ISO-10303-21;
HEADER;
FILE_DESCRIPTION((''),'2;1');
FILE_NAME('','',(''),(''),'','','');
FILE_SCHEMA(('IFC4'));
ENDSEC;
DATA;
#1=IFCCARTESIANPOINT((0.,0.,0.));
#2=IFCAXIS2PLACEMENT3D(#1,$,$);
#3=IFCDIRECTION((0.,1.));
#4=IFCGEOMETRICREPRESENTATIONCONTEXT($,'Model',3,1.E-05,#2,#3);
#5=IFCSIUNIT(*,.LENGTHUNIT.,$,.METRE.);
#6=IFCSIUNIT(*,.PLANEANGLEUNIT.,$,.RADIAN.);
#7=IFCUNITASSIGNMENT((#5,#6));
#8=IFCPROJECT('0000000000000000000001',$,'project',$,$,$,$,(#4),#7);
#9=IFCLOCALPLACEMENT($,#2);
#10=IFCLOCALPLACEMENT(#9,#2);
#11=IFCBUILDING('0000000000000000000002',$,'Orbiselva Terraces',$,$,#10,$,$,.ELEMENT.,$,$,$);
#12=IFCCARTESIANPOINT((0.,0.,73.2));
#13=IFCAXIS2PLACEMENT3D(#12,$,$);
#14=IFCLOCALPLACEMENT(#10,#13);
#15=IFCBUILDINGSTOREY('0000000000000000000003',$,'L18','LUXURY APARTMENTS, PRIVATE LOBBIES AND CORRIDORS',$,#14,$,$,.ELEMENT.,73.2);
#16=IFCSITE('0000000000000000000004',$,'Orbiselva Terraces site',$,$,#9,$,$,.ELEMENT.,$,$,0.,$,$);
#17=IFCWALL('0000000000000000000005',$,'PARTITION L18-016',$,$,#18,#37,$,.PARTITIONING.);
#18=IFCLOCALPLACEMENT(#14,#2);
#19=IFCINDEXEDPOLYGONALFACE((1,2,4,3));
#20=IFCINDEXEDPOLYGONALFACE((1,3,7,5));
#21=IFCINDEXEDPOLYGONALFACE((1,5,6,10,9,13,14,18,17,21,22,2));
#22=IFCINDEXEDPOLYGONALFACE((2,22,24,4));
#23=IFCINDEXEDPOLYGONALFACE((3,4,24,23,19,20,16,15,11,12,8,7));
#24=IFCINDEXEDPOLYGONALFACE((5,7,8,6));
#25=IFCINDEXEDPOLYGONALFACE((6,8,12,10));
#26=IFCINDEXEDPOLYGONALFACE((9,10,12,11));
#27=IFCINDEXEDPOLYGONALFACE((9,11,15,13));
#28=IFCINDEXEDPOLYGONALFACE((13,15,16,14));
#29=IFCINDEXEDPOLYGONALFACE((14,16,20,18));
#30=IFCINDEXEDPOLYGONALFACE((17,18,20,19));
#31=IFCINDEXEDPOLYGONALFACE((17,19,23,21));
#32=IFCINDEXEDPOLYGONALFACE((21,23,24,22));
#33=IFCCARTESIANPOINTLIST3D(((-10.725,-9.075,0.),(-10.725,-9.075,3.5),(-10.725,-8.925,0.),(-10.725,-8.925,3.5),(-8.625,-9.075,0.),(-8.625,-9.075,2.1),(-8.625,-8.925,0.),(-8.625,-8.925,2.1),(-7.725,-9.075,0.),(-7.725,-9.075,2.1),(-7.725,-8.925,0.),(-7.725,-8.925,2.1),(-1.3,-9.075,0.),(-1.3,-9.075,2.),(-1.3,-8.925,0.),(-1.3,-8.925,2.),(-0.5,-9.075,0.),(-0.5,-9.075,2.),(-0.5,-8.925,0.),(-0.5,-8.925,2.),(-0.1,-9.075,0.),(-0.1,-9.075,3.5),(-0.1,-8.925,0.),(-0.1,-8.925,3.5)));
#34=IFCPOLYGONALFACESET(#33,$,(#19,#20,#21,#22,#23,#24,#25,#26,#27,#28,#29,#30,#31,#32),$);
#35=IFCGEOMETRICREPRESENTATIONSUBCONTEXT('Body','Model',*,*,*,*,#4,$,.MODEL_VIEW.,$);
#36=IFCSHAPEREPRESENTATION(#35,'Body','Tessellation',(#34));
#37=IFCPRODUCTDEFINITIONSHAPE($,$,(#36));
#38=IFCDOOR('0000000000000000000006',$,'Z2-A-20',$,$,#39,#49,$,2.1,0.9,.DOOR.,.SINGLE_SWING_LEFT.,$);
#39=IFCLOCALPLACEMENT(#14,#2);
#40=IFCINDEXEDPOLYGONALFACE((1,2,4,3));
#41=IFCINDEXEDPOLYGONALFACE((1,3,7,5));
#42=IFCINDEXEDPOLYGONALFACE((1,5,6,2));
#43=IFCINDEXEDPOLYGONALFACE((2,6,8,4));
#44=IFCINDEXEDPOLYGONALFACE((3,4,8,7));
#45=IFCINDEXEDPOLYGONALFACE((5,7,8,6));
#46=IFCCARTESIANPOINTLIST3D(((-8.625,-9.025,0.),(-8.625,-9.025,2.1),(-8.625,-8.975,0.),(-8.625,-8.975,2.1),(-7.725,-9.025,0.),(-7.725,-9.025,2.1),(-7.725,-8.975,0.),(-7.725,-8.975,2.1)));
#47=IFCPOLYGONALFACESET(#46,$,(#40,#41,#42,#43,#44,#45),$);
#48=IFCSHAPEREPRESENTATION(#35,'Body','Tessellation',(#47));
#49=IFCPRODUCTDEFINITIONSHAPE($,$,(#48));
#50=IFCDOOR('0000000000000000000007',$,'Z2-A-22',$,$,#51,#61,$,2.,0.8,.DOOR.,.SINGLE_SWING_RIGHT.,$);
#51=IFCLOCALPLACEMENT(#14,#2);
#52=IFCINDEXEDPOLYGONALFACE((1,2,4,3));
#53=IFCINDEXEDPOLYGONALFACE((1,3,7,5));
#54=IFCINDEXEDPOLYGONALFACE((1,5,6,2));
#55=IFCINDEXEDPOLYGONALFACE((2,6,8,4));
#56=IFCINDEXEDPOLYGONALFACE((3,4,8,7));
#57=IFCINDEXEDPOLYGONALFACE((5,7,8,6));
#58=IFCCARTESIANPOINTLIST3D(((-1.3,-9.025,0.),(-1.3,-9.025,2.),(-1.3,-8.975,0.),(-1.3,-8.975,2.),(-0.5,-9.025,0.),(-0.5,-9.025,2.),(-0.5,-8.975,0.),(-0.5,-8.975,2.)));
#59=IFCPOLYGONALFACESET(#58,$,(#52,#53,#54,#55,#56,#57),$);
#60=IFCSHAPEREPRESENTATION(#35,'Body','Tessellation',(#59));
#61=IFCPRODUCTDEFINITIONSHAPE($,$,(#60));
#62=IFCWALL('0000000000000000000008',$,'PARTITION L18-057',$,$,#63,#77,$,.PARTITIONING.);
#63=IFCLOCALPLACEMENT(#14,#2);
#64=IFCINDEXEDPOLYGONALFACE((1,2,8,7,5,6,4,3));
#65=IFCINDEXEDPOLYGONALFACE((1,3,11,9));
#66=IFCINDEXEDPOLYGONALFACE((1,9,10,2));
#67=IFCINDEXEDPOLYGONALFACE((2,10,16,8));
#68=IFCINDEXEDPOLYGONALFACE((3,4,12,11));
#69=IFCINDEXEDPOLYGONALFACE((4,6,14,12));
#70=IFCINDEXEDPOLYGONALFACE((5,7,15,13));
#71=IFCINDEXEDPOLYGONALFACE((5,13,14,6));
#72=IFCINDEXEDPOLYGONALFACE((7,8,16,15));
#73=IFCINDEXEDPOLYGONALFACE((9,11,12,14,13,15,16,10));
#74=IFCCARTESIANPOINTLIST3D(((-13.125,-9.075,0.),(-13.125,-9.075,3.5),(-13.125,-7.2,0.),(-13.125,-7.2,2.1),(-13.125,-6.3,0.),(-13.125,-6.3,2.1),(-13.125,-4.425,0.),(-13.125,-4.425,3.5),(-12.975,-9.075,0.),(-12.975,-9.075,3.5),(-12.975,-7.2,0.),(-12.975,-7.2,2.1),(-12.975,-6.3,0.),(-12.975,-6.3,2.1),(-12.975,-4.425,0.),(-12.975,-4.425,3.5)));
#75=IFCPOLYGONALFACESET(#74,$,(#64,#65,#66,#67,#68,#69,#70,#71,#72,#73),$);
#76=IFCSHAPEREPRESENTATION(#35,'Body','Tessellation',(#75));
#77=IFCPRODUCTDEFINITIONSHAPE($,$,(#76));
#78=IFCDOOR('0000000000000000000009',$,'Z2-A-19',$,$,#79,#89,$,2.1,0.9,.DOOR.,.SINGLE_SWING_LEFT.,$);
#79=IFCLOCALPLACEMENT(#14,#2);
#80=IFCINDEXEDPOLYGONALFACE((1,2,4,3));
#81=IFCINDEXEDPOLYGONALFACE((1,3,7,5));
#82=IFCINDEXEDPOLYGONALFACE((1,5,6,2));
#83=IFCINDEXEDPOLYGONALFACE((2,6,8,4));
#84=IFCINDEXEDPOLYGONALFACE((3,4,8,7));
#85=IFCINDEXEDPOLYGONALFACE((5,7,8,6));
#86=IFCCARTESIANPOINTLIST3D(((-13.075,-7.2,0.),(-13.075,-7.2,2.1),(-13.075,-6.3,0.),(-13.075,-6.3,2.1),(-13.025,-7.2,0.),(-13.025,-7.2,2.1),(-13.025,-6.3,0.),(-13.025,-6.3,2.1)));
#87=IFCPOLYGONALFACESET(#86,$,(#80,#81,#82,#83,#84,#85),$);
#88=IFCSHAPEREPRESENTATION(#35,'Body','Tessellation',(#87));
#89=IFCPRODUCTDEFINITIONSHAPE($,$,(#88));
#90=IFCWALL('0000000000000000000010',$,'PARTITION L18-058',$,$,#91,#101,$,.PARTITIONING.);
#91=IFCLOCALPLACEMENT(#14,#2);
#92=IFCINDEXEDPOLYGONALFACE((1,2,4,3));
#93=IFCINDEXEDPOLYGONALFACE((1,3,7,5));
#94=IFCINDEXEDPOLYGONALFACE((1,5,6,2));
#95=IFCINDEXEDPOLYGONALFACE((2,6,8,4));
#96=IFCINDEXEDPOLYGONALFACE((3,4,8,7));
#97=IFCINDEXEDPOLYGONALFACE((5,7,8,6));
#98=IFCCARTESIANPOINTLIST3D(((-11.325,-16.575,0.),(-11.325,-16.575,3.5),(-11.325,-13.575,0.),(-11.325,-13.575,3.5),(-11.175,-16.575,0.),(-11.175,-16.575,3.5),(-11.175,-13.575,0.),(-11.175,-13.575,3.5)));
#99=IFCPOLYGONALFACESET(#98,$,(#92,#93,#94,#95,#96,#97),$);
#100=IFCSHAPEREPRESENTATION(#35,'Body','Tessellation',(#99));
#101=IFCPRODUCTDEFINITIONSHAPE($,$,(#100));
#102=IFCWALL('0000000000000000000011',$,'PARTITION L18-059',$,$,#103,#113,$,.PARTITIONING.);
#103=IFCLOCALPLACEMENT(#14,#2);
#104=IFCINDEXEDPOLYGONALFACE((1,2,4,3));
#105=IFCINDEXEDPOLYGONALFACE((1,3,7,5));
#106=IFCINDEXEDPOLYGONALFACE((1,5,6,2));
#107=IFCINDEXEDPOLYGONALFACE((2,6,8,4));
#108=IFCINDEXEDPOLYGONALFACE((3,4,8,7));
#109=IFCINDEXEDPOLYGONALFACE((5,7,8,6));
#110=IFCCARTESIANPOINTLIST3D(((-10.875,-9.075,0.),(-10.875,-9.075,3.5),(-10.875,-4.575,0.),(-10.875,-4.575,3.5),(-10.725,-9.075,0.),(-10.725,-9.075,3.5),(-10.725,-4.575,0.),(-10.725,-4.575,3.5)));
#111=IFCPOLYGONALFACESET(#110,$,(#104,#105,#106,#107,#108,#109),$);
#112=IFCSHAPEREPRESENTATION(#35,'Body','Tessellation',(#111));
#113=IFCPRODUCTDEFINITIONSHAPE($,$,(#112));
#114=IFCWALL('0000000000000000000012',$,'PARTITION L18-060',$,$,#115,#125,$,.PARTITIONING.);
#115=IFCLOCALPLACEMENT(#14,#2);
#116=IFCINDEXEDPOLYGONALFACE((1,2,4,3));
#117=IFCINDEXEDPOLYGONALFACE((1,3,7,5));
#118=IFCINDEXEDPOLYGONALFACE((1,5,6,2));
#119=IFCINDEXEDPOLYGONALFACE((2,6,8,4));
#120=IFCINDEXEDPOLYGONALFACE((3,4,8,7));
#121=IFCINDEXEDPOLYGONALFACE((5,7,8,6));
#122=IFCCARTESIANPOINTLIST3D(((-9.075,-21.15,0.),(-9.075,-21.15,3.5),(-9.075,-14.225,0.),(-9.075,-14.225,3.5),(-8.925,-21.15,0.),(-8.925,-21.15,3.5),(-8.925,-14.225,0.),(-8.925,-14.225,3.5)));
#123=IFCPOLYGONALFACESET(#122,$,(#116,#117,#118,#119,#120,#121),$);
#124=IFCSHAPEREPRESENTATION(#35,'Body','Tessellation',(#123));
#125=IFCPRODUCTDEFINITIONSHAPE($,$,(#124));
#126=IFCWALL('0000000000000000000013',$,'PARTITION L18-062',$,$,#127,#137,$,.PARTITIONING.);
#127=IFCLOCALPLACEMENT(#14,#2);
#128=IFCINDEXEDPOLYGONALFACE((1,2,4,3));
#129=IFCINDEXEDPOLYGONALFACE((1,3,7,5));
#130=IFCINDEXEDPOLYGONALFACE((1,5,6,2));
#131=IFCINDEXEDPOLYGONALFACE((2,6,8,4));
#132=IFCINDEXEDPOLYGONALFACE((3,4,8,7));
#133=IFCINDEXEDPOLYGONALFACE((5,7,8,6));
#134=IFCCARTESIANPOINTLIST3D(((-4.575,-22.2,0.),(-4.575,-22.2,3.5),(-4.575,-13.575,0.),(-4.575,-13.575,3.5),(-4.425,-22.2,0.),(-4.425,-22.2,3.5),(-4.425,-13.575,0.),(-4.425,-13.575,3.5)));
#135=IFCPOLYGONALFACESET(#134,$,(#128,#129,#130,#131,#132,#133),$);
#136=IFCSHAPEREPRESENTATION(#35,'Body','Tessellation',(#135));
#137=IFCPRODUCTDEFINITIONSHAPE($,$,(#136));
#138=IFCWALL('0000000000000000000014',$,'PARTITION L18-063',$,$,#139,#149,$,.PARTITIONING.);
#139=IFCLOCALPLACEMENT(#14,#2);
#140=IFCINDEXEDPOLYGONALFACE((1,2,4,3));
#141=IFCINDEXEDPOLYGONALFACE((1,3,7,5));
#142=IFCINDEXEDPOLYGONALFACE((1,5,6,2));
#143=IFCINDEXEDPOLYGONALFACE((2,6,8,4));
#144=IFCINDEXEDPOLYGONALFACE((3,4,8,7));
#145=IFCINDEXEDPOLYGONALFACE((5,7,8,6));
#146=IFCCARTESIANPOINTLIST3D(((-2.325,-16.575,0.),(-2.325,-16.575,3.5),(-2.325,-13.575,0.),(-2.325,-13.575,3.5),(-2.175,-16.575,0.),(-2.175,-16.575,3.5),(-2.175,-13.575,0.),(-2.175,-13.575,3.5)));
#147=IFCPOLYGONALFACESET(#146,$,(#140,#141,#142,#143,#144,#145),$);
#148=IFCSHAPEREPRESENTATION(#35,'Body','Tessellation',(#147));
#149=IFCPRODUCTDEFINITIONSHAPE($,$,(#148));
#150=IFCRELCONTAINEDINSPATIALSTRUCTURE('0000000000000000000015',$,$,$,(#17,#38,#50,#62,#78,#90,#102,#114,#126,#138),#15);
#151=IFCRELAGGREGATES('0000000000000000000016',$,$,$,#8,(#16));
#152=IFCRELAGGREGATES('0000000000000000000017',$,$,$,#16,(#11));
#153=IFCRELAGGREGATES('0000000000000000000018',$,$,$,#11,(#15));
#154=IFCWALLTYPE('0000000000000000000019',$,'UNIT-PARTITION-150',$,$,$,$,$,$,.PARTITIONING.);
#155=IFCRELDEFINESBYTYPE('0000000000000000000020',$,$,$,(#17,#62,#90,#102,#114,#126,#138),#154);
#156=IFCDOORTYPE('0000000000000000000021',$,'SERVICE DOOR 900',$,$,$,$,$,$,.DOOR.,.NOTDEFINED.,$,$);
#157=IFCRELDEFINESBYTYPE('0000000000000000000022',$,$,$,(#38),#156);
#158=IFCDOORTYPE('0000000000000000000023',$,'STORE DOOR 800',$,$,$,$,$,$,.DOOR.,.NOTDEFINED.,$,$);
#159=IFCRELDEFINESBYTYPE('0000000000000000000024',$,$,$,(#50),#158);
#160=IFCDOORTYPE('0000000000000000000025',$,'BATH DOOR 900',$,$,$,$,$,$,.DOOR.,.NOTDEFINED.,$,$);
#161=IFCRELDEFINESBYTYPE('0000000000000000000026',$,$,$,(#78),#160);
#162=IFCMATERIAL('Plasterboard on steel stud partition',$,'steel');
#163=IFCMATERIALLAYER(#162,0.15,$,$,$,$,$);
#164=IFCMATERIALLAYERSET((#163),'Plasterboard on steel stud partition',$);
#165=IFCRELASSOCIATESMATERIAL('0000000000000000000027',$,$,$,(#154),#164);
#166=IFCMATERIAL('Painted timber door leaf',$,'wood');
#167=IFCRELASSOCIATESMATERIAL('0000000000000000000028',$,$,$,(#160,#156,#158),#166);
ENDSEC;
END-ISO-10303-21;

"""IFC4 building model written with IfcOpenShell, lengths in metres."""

from ifc_helpers import new_model, si_unit, direction, frame, frame_2d, origin, place, context, subcontext, project, spatial, rectangle, extrude, material, layer, layer_set, type_object, element, fill, save


model = new_model("IFC4")

# Units and contexts
model_context = context("Model", 3, precision=1e-05, world=origin(), true_north=direction((0.0, 1.0)))
body_context = subcontext(model_context, "Body", "Model", "MODEL_VIEW")
ifc_project = project(units=[si_unit("LENGTHUNIT", "METRE"), si_unit("PLANEANGLEUNIT", "RADIAN")], contexts=[model_context])

# Site, building, storey
site_placement = place(None, origin())
site = spatial("IfcSite", under=ifc_project, at=site_placement, Name="Orbiselva Terraces site", CompositionType="ELEMENT", RefElevation=0.0)
building_placement = place(site_placement, origin())
building = spatial("IfcBuilding", under=site, at=building_placement, Name="Orbiselva Terraces", CompositionType="ELEMENT")
storey_placement = place(building_placement, frame((0.0, 0.0, 73.2)))
storey = spatial("IfcBuildingStorey", under=building, at=storey_placement, Name="L18", Description="LUXURY APARTMENTS, PRIVATE LOBBIES AND CORRIDORS", CompositionType="ELEMENT", Elevation=73.2)

# Shared definitions
ifc_material_1 = material(Name="Plasterboard on steel stud partition", Category="steel")
ifc_layer_1 = layer(ifc_material_1, 0.15)
ifc_layer_set_1 = layer_set([ifc_layer_1], Name="Plasterboard on steel stud partition")
wall_type_1 = type_object("IfcWallType", Name="UNIT-PARTITION-150", PredefinedType="PARTITIONING", material=ifc_layer_set_1)
ifc_material_2 = material(Name="Painted timber door leaf", Category="wood")
door_type_1 = type_object("IfcDoorType", Name="BATH DOOR 900", OperationType="NOTDEFINED", PredefinedType="DOOR", material=ifc_material_2)

# Wall, openings, doors
wall_1_placement = place(storey_placement, frame((-10.725, -9.0, 0.0), z_axis=(0.0, 0.0, 1.0), x_axis=(1.0, 0.0, 0.0)))
wall_1 = element("IfcWall", 1, at=wall_1_placement, inside=storey, type_object=wall_type_1, Name="PARTITION L18-016", PredefinedType="PARTITIONING", context=body_context, shape_type="SweptSolid", body=[
    extrude(rectangle(XDim=10.625, YDim=0.15, at=frame_2d((5.3125, 0.0))), origin(), (0.0, 0.0, 1.0), 3.5),
])
opening_1_placement = place(wall_1_placement, frame((2.1, 0.0, 0.0)))
opening_1 = element("IfcOpeningElement", 2, at=opening_1_placement, cuts=wall_1, PredefinedType="OPENING", context=body_context, shape_type="SweptSolid", body=[
    extrude(rectangle(XDim=0.9, YDim=2.1, at=frame_2d((0.45, 1.05))), frame((0.0, 0.085, 0.0), z_axis=(0.0, -1.0, 0.0), x_axis=(1.0, 0.0, 0.0)), (0.0, 0.0, 1.0), 0.17),
])
opening_2_placement = place(wall_1_placement, frame((9.425, 0.0, 0.0)))
opening_2 = element("IfcOpeningElement", 3, at=opening_2_placement, cuts=wall_1, PredefinedType="OPENING", context=body_context, shape_type="SweptSolid", body=[
    extrude(rectangle(XDim=0.8, YDim=2.0, at=frame_2d((0.4, 1.0))), frame((0.0, 0.085, 0.0), z_axis=(0.0, -1.0, 0.0), x_axis=(1.0, 0.0, 0.0)), (0.0, 0.0, 1.0), 0.17),
])
door_type_2 = type_object("IfcDoorType", Name="SERVICE DOOR 900", OperationType="NOTDEFINED", PredefinedType="DOOR", material=ifc_material_2)
door_1_placement = place(opening_1_placement, origin())
door_1 = element("IfcDoor", 4, at=door_1_placement, inside=storey, type_object=door_type_2, Name="Z2-A-20", OperationType="SINGLE_SWING_LEFT", OverallHeight=2.1, OverallWidth=0.9, PredefinedType="DOOR", context=body_context, shape_type="SweptSolid", body=[
    extrude(rectangle(XDim=0.9, YDim=2.1, at=frame_2d((0.45, 1.05))), frame((0.0, 0.025, 0.0), z_axis=(0.0, -1.0, 0.0), x_axis=(1.0, 0.0, 0.0)), (0.0, 0.0, 1.0), 0.05),
])
fill(opening_1, door_1)
door_type_3 = type_object("IfcDoorType", Name="STORE DOOR 800", OperationType="NOTDEFINED", PredefinedType="DOOR", material=ifc_material_2)
door_2_placement = place(opening_2_placement, origin())
door_2 = element("IfcDoor", 5, at=door_2_placement, inside=storey, type_object=door_type_3, Name="Z2-A-22", OperationType="SINGLE_SWING_RIGHT", OverallHeight=2.0, OverallWidth=0.8, PredefinedType="DOOR", context=body_context, shape_type="SweptSolid", body=[
    extrude(rectangle(XDim=0.8, YDim=2.0, at=frame_2d((0.4, 1.0))), frame((0.0, 0.025, 0.0), z_axis=(0.0, -1.0, 0.0), x_axis=(1.0, 0.0, 0.0)), (0.0, 0.0, 1.0), 0.05),
])
fill(opening_2, door_2)

# Wall, opening, door
wall_2_placement = place(storey_placement, frame((-13.05, -9.075, 0.0), z_axis=(0.0, 0.0, 1.0), x_axis=(0.0, 1.0, 0.0)))
wall_2 = element("IfcWall", 6, at=wall_2_placement, inside=storey, type_object=wall_type_1, Name="PARTITION L18-057", PredefinedType="PARTITIONING", context=body_context, shape_type="SweptSolid", body=[
    extrude(rectangle(XDim=4.65, YDim=0.15, at=frame_2d((2.325, 0.0))), origin(), (0.0, 0.0, 1.0), 3.5),
])
opening_3_placement = place(wall_2_placement, frame((1.875, 0.0, 0.0)))
opening_3 = element("IfcOpeningElement", 7, at=opening_3_placement, cuts=wall_2, PredefinedType="OPENING", context=body_context, shape_type="SweptSolid", body=[
    extrude(rectangle(XDim=0.9, YDim=2.1, at=frame_2d((0.45, 1.05))), frame((0.0, 0.085, 0.0), z_axis=(0.0, -1.0, 0.0), x_axis=(1.0, 0.0, 0.0)), (0.0, 0.0, 1.0), 0.17),
])
door_3_placement = place(opening_3_placement, origin())
door_3 = element("IfcDoor", 8, at=door_3_placement, inside=storey, type_object=door_type_1, Name="Z2-A-19", OperationType="SINGLE_SWING_LEFT", OverallHeight=2.1, OverallWidth=0.9, PredefinedType="DOOR", context=body_context, shape_type="SweptSolid", body=[
    extrude(rectangle(XDim=0.9, YDim=2.1, at=frame_2d((0.45, 1.05))), frame((0.0, 0.025, 0.0), z_axis=(0.0, -1.0, 0.0), x_axis=(1.0, 0.0, 0.0)), (0.0, 0.0, 1.0), 0.05),
])
fill(opening_3, door_3)

# Walls
wall_3_placement = place(storey_placement, frame((-11.25, -16.575, 0.0), z_axis=(0.0, 0.0, 1.0), x_axis=(0.0, 1.0, 0.0)))
element("IfcWall", 9, at=wall_3_placement, inside=storey, type_object=wall_type_1, Name="PARTITION L18-058", PredefinedType="PARTITIONING", context=body_context, shape_type="SweptSolid", body=[
    extrude(rectangle(XDim=3.0, YDim=0.15, at=frame_2d((1.5, 0.0))), origin(), (0.0, 0.0, 1.0), 3.5),
])
wall_4_placement = place(storey_placement, frame((-10.8, -9.075, 0.0), z_axis=(0.0, 0.0, 1.0), x_axis=(0.0, 1.0, 0.0)))
element("IfcWall", 10, at=wall_4_placement, inside=storey, type_object=wall_type_1, Name="PARTITION L18-059", PredefinedType="PARTITIONING", context=body_context, shape_type="SweptSolid", body=[
    extrude(rectangle(XDim=4.5, YDim=0.15, at=frame_2d((2.25, 0.0))), origin(), (0.0, 0.0, 1.0), 3.5),
])
wall_5_placement = place(storey_placement, frame((-9.0, -21.15, 0.0), z_axis=(0.0, 0.0, 1.0), x_axis=(0.0, 1.0, 0.0)))
element("IfcWall", 11, at=wall_5_placement, inside=storey, type_object=wall_type_1, Name="PARTITION L18-060", PredefinedType="PARTITIONING", context=body_context, shape_type="SweptSolid", body=[
    extrude(rectangle(XDim=6.925, YDim=0.15, at=frame_2d((3.4625, 0.0))), origin(), (0.0, 0.0, 1.0), 3.5),
])
wall_6_placement = place(storey_placement, frame((-4.5, -22.2, 0.0), z_axis=(0.0, 0.0, 1.0), x_axis=(0.0, 1.0, 0.0)))
element("IfcWall", 12, at=wall_6_placement, inside=storey, type_object=wall_type_1, Name="PARTITION L18-062", PredefinedType="PARTITIONING", context=body_context, shape_type="SweptSolid", body=[
    extrude(rectangle(XDim=8.625, YDim=0.15, at=frame_2d((4.3125, 0.0))), origin(), (0.0, 0.0, 1.0), 3.5),
])
wall_7_placement = place(storey_placement, frame((-2.25, -16.575, 0.0), z_axis=(0.0, 0.0, 1.0), x_axis=(0.0, 1.0, 0.0)))
element("IfcWall", 13, at=wall_7_placement, inside=storey, type_object=wall_type_1, Name="PARTITION L18-063", PredefinedType="PARTITIONING", context=body_context, shape_type="SweptSolid", body=[
    extrude(rectangle(XDim=3.0, YDim=0.15, at=frame_2d((1.5, 0.0))), origin(), (0.0, 0.0, 1.0), 3.5),
])

save(model, "model.ifc")
